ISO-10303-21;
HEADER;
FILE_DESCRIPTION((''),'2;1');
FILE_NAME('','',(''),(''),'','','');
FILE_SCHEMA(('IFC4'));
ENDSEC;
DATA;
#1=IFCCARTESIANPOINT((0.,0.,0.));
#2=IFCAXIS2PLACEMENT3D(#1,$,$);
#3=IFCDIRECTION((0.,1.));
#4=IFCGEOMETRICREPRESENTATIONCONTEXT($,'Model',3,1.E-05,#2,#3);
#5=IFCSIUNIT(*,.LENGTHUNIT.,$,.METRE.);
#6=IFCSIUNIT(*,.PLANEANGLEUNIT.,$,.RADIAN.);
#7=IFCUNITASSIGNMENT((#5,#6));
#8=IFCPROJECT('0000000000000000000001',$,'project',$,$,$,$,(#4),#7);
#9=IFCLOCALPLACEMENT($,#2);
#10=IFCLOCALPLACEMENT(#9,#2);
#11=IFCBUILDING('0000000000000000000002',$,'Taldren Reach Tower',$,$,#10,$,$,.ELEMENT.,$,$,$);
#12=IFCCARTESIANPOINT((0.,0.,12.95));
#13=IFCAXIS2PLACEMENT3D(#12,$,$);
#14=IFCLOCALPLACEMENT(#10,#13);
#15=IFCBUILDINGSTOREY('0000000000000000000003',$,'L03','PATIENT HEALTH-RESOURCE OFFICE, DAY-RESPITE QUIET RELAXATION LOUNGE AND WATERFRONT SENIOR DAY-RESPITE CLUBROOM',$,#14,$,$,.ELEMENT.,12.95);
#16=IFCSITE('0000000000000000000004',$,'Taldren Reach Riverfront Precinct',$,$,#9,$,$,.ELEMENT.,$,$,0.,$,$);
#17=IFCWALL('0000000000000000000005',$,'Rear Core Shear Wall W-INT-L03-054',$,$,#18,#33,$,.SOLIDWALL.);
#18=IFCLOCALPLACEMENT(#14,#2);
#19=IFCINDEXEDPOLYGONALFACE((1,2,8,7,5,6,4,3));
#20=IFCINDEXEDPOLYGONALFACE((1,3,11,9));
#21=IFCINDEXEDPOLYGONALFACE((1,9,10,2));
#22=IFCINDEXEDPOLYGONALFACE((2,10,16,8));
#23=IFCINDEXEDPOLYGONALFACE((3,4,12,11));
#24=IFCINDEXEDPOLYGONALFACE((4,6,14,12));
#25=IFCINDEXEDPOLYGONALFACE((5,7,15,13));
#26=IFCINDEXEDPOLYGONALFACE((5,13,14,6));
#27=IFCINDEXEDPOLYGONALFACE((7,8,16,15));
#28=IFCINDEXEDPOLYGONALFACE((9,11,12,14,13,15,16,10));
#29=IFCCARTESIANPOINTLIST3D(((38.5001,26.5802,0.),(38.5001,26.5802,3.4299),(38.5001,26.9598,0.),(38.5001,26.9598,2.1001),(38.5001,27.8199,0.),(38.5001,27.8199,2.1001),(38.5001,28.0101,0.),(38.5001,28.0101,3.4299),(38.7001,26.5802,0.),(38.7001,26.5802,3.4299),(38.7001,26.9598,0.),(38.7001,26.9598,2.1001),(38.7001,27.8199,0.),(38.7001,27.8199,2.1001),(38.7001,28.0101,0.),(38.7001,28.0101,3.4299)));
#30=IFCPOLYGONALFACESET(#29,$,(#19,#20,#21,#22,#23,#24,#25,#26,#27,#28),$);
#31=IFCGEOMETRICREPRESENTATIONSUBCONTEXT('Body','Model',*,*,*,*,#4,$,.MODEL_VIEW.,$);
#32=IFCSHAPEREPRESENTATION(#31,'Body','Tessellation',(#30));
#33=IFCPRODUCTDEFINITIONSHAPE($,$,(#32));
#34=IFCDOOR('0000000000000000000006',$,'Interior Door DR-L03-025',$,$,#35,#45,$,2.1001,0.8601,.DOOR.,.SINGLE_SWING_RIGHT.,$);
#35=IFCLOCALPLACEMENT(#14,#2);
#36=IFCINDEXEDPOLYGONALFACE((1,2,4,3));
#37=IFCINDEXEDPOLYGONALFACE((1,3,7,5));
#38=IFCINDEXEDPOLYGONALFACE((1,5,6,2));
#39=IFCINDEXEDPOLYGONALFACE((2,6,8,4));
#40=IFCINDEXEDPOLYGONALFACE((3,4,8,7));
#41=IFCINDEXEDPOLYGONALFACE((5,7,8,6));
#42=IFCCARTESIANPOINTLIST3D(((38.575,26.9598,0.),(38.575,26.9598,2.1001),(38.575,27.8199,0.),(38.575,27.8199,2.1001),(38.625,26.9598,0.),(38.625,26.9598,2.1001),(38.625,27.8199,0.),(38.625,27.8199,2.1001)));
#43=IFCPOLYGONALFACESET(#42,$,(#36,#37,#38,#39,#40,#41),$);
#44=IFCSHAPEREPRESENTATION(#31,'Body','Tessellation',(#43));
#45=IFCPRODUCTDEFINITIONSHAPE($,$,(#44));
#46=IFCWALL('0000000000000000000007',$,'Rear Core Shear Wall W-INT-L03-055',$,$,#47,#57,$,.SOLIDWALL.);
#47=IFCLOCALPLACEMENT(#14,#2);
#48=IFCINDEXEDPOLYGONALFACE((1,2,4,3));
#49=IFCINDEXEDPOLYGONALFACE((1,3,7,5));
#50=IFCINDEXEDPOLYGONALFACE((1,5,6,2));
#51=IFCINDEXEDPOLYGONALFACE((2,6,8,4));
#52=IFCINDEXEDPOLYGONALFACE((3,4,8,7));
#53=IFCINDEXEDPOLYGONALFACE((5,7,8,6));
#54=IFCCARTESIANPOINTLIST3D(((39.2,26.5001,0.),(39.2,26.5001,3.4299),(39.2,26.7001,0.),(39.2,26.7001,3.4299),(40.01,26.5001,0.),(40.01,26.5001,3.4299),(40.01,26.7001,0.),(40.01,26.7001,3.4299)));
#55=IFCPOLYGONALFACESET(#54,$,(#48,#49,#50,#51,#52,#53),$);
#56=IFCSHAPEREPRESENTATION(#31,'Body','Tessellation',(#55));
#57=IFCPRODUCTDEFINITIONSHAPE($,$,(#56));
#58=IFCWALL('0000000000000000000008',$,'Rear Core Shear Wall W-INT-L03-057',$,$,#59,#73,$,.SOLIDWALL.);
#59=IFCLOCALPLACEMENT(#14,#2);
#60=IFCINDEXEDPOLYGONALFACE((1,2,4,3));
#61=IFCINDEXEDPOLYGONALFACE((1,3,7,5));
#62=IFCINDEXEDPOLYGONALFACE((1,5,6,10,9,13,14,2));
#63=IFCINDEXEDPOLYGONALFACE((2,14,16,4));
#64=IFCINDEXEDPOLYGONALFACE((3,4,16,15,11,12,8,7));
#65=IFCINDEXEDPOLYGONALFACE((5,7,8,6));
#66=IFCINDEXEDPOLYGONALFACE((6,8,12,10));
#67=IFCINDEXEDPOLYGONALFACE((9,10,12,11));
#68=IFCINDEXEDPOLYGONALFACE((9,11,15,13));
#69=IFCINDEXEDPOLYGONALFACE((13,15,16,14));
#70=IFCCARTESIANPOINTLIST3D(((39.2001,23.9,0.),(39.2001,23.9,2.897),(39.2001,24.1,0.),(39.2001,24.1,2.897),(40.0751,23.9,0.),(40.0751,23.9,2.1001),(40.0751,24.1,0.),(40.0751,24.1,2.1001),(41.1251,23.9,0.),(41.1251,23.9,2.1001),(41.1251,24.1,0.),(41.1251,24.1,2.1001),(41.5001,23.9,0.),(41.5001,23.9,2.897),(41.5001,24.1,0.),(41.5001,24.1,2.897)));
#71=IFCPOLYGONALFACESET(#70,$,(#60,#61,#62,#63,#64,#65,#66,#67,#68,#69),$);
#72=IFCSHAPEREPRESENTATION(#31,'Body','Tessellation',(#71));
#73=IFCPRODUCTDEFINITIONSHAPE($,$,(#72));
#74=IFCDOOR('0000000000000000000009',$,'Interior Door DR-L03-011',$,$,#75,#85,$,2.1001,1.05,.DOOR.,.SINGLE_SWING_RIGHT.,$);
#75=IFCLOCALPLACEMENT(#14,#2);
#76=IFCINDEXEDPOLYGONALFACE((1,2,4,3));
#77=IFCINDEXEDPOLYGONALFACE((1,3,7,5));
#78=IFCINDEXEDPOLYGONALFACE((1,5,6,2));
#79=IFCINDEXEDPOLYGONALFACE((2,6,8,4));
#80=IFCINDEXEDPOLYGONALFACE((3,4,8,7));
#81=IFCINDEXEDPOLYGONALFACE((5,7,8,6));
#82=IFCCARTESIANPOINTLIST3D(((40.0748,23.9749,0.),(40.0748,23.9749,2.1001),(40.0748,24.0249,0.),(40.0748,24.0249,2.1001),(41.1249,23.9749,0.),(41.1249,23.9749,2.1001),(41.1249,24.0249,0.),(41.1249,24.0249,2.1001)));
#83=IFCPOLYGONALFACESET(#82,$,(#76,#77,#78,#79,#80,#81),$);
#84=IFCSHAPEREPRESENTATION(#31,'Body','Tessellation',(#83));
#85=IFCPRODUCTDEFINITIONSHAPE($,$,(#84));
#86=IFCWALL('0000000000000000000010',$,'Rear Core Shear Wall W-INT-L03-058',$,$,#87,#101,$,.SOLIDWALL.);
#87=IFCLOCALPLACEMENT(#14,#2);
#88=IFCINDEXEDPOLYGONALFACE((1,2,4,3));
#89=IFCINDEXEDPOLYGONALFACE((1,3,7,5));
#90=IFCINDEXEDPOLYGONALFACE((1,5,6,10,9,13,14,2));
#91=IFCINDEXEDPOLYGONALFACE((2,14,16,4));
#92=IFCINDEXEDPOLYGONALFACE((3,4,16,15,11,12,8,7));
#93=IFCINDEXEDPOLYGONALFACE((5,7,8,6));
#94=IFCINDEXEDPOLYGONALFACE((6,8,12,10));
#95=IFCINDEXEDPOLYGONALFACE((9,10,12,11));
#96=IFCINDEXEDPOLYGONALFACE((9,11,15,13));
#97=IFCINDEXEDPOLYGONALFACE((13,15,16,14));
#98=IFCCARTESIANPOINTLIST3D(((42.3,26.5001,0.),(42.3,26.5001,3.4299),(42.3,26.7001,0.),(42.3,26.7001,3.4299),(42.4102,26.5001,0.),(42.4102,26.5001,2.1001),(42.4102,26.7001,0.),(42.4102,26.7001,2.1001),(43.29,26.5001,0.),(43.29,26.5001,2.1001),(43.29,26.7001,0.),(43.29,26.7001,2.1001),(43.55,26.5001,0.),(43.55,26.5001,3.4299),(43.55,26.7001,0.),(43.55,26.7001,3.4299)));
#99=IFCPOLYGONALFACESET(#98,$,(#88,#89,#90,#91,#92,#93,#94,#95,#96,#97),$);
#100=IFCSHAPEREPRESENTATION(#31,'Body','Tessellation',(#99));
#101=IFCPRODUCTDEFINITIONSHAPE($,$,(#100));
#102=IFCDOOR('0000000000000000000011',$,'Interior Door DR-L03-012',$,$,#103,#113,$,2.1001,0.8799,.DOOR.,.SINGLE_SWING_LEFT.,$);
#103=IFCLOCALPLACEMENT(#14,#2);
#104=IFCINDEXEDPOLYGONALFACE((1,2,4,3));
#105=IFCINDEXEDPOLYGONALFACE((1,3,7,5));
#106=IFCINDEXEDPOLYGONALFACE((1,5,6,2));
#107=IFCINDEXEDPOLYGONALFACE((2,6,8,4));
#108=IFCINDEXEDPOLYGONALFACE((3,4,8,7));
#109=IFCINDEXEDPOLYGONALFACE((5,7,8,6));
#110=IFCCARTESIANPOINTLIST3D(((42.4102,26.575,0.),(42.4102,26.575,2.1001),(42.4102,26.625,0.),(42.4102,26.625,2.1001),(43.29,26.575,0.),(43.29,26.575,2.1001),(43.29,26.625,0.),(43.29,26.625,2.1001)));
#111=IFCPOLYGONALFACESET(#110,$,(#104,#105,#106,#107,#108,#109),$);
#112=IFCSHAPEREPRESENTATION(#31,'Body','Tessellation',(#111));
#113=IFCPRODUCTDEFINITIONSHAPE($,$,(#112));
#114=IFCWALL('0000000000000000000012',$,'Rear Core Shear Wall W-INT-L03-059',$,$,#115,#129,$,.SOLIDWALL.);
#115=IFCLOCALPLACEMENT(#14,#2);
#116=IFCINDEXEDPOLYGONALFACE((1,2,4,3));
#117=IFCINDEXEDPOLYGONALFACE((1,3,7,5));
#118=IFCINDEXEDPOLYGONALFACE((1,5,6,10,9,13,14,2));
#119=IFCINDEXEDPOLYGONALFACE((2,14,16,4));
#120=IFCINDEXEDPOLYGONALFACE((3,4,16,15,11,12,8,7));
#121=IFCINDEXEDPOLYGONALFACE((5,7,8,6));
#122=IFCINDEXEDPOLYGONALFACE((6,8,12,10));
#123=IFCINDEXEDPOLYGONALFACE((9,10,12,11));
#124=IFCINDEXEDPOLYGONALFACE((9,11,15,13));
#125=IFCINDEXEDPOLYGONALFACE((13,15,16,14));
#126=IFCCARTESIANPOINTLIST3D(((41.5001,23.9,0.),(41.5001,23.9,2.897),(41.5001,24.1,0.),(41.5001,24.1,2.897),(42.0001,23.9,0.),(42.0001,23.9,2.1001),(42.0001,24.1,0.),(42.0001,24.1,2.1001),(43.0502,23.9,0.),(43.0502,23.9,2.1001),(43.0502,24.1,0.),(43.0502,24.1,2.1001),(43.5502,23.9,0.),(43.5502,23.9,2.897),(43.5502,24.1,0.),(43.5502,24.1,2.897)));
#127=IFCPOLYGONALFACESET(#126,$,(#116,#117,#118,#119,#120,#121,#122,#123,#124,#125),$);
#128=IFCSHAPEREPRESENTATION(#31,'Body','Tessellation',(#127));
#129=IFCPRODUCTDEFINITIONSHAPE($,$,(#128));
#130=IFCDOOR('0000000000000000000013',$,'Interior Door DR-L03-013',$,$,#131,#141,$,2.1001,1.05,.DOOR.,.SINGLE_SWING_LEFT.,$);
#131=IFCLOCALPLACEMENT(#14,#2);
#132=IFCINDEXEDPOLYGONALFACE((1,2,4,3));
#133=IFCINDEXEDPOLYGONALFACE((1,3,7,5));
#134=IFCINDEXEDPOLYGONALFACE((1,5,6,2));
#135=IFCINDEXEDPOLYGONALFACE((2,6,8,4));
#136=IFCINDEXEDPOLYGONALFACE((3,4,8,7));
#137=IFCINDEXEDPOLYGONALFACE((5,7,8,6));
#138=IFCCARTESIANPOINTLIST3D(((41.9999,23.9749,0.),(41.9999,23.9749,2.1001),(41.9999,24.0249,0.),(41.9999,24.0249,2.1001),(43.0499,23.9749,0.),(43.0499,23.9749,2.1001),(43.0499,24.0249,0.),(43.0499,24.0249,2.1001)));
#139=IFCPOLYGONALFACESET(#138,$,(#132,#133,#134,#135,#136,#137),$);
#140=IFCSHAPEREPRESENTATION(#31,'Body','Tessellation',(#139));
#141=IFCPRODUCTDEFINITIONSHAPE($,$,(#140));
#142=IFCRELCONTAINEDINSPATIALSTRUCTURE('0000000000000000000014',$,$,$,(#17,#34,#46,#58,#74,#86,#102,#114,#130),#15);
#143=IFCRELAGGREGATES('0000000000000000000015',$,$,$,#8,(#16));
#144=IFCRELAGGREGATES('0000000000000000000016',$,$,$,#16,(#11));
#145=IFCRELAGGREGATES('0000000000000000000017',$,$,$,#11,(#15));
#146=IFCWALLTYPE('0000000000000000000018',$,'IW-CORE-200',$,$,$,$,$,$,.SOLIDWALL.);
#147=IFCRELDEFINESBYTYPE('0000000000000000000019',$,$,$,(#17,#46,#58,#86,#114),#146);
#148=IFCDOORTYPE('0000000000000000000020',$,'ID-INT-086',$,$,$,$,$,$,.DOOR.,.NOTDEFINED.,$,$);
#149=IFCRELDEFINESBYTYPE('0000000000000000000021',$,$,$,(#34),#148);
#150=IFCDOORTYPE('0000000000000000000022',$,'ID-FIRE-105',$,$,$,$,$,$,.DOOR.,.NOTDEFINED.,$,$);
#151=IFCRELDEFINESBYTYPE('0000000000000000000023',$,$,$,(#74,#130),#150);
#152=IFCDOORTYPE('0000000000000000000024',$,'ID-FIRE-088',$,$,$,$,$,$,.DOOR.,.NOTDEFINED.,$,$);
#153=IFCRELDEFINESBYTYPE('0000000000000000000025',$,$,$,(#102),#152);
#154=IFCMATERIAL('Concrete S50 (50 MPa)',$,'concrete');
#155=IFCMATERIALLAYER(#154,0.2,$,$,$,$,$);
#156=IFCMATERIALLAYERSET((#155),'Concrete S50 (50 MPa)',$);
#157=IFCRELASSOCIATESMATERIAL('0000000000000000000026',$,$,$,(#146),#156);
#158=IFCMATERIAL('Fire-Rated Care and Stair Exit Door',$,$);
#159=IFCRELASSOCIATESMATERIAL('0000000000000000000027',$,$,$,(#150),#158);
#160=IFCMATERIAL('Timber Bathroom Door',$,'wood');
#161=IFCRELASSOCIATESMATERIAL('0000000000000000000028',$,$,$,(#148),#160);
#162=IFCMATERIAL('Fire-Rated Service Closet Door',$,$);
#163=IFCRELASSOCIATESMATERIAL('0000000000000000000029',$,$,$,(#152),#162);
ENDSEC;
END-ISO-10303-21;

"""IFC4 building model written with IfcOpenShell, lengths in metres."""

from ifc_helpers import new_model, si_unit, direction, frame, frame_2d, origin, place, context, subcontext, project, spatial, rectangle, extrude, source, transform, mapped, material, layer, layer_set, type_object, element, fill, save


model = new_model("IFC4")

# Units and contexts
model_context = context("Model", 3, precision=1e-05, world=origin(), true_north=direction((0.0, 1.0)))
body_context = subcontext(model_context, "Body", "Model", "MODEL_VIEW")
ifc_project = project(units=[si_unit("LENGTHUNIT", "METRE"), si_unit("PLANEANGLEUNIT", "RADIAN")], contexts=[model_context])

# Site, building, storey
site_placement = place(None, origin())
site = spatial("IfcSite", under=ifc_project, at=site_placement, Name="Taldren Reach Riverfront Precinct", CompositionType="ELEMENT", RefElevation=0.0)
building_placement = place(site_placement, origin())
building = spatial("IfcBuilding", under=site, at=building_placement, Name="Taldren Reach Tower", CompositionType="ELEMENT")
storey_placement = place(building_placement, frame((0.0, 0.0, 12.95)))
storey = spatial("IfcBuildingStorey", under=building, at=storey_placement, Name="L03", Description="PATIENT HEALTH-RESOURCE OFFICE, DAY-RESPITE QUIET RELAXATION LOUNGE AND WATERFRONT SENIOR DAY-RESPITE CLUBROOM", CompositionType="ELEMENT", Elevation=12.95)

# Shared definitions
ifc_material_1 = material(Name="Concrete S50 (50 MPa)", Category="concrete")
ifc_layer_1 = layer(ifc_material_1, 0.2)
ifc_layer_set_1 = layer_set([ifc_layer_1], Name="Concrete S50 (50 MPa)")
wall_type_1 = type_object("IfcWallType", Name="IW-CORE-200", PredefinedType="SOLIDWALL", material=ifc_layer_set_1)

# Shared definitions
shared_shape_1 = source(origin(), body_context, "Body", "SweptSolid", [
    extrude(rectangle(XDim=1.05, YDim=2.1001, at=frame_2d((0.5249, 1.05))), frame((0.0, 0.1099, 0.0), z_axis=(0.0, -1.0, 0.0), x_axis=(1.0, 0.0, 0.0)), (0.0, 0.0, 1.0), 0.22),
])
ifc_material_2 = material(Name="Fire-Rated Care and Stair Exit Door")
door_type_1 = type_object("IfcDoorType", Name="ID-FIRE-105", OperationType="NOTDEFINED", PredefinedType="DOOR", material=ifc_material_2)
shared_shape_2 = source(origin(), body_context, "Body", "SweptSolid", [
    extrude(rectangle(XDim=1.05, YDim=2.1001, at=frame_2d((0.5249, 1.05))), frame((0.0, 0.0249, 0.0), z_axis=(0.0, -1.0, 0.0), x_axis=(1.0, 0.0, 0.0)), (0.0, 0.0, 1.0), 0.05),
])

# Wall, opening, door
shared_shape_3 = source(origin(), body_context, "Body", "SweptSolid", [
    extrude(rectangle(XDim=1.4299, YDim=0.2, at=frame_2d((0.7148, 0.0))), origin(), (0.0, 0.0, 1.0), 3.4299),
])
wall_1_placement = place(storey_placement, frame((38.6001, 28.01, 0.0), z_axis=(0.0, 0.0, 1.0), x_axis=(0.0, -1.0, 0.0)))
wall_1 = element("IfcWall", 1, at=wall_1_placement, inside=storey, type_object=wall_type_1, Name="Rear Core Shear Wall W-INT-L03-054", PredefinedType="SOLIDWALL", context=body_context, shape_type="MappedRepresentation", body=[
    mapped(shared_shape_3, transform((0.0, 0.0, 0.0), scale=1.0)),
])
shared_shape_4 = source(origin(), body_context, "Body", "SweptSolid", [
    extrude(rectangle(XDim=0.8601, YDim=2.1001, at=frame_2d((0.4302, 1.05))), frame((0.0, 0.1099, 0.0), z_axis=(0.0, -1.0, 0.0), x_axis=(1.0, 0.0, 0.0)), (0.0, 0.0, 1.0), 0.22),
])
opening_1_placement = place(wall_1_placement, frame((0.1899, 0.0, 0.0)))
opening_1 = element("IfcOpeningElement", 2, at=opening_1_placement, cuts=wall_1, PredefinedType="OPENING", context=body_context, shape_type="MappedRepresentation", body=[
    mapped(shared_shape_4, transform((0.0, 0.0, 0.0), scale=1.0)),
])
ifc_material_3 = material(Name="Timber Bathroom Door", Category="wood")
door_type_2 = type_object("IfcDoorType", Name="ID-INT-086", OperationType="NOTDEFINED", PredefinedType="DOOR", material=ifc_material_3)
shared_shape_5 = source(origin(), body_context, "Body", "SweptSolid", [
    extrude(rectangle(XDim=0.8601, YDim=2.1001, at=frame_2d((0.4302, 1.05))), frame((0.0, 0.0249, 0.0), z_axis=(0.0, -1.0, 0.0), x_axis=(1.0, 0.0, 0.0)), (0.0, 0.0, 1.0), 0.05),
])
door_1_placement = place(opening_1_placement, origin())
door_1 = element("IfcDoor", 3, at=door_1_placement, inside=storey, type_object=door_type_2, Name="Interior Door DR-L03-025", OperationType="SINGLE_SWING_RIGHT", OverallHeight=2.1001, OverallWidth=0.8601, PredefinedType="DOOR", context=body_context, shape_type="MappedRepresentation", body=[
    mapped(shared_shape_5, transform((0.0, 0.0, 0.0), scale=1.0)),
])
fill(opening_1, door_1)

# Wall
shared_shape_6 = source(origin(), body_context, "Body", "SweptSolid", [
    extrude(rectangle(XDim=0.8101, YDim=0.2, at=frame_2d((0.405, 0.0))), origin(), (0.0, 0.0, 1.0), 3.4299),
])
wall_2_placement = place(storey_placement, frame((39.2, 26.6001, 0.0), z_axis=(0.0, 0.0, 1.0), x_axis=(1.0, 0.0, 0.0)))
element("IfcWall", 4, at=wall_2_placement, inside=storey, type_object=wall_type_1, Name="Rear Core Shear Wall W-INT-L03-055", PredefinedType="SOLIDWALL", context=body_context, shape_type="MappedRepresentation", body=[
    mapped(shared_shape_6, transform((0.0, 0.0, 0.0), scale=1.0)),
])

# Walls, openings, doors
shared_shape_7 = source(origin(), body_context, "Body", "SweptSolid", [
    extrude(rectangle(XDim=2.3, YDim=0.2, at=frame_2d((1.1499, 0.0))), origin(), (0.0, 0.0, 1.0), 2.897),
])
wall_3_placement = place(storey_placement, frame((41.5, 24.0, 0.0), z_axis=(0.0, 0.0, 1.0), x_axis=(-1.0, 0.0, 0.0)))
wall_3 = element("IfcWall", 5, at=wall_3_placement, inside=storey, type_object=wall_type_1, Name="Rear Core Shear Wall W-INT-L03-057", PredefinedType="SOLIDWALL", context=body_context, shape_type="MappedRepresentation", body=[
    mapped(shared_shape_7, transform((0.0, 0.0, 0.0), scale=1.0)),
])
opening_2_placement = place(wall_3_placement, frame((0.375, 0.0, 0.0)))
opening_2 = element("IfcOpeningElement", 6, at=opening_2_placement, cuts=wall_3, PredefinedType="OPENING", context=body_context, shape_type="MappedRepresentation", body=[
    mapped(shared_shape_1, transform((0.0, 0.0, 0.0), scale=1.0)),
])
door_2_placement = place(opening_2_placement, frame((1.05, 0.0, 0.0), z_axis=(0.0, 0.0, 1.0), x_axis=(-1.0, 0.0, 0.0)))
door_2 = element("IfcDoor", 7, at=door_2_placement, inside=storey, type_object=door_type_1, Name="Interior Door DR-L03-011", OperationType="SINGLE_SWING_RIGHT", OverallHeight=2.1001, OverallWidth=1.05, PredefinedType="DOOR", context=body_context, shape_type="MappedRepresentation", body=[
    mapped(shared_shape_2, transform((0.0, 0.0, 0.0), scale=1.0)),
])
fill(opening_2, door_2)
shared_shape_8 = source(origin(), body_context, "Body", "SweptSolid", [
    extrude(rectangle(XDim=1.25, YDim=0.2, at=frame_2d((0.625, 0.0))), origin(), (0.0, 0.0, 1.0), 3.4299),
])
wall_4_placement = place(storey_placement, frame((42.3, 26.6001, 0.0), z_axis=(0.0, 0.0, 1.0), x_axis=(1.0, 0.0, 0.0)))
wall_4 = element("IfcWall", 8, at=wall_4_placement, inside=storey, type_object=wall_type_1, Name="Rear Core Shear Wall W-INT-L03-058", PredefinedType="SOLIDWALL", context=body_context, shape_type="MappedRepresentation", body=[
    mapped(shared_shape_8, transform((0.0, 0.0, 0.0), scale=1.0)),
])
shared_shape_9 = source(origin(), body_context, "Body", "SweptSolid", [
    extrude(rectangle(XDim=0.8799, YDim=2.1001, at=frame_2d((0.4399, 1.05))), frame((0.0, 0.1099, 0.0), z_axis=(0.0, -1.0, 0.0), x_axis=(1.0, 0.0, 0.0)), (0.0, 0.0, 1.0), 0.22),
])
opening_3_placement = place(wall_4_placement, frame((0.1101, 0.0, 0.0)))
opening_3 = element("IfcOpeningElement", 9, at=opening_3_placement, cuts=wall_4, PredefinedType="OPENING", context=body_context, shape_type="MappedRepresentation", body=[
    mapped(shared_shape_9, transform((0.0, 0.0, 0.0), scale=1.0)),
])
ifc_material_4 = material(Name="Fire-Rated Service Closet Door")
door_type_3 = type_object("IfcDoorType", Name="ID-FIRE-088", OperationType="NOTDEFINED", PredefinedType="DOOR", material=ifc_material_4)
shared_shape_10 = source(origin(), body_context, "Body", "SweptSolid", [
    extrude(rectangle(XDim=0.8799, YDim=2.1001, at=frame_2d((0.4399, 1.05))), frame((0.0, 0.0249, 0.0), z_axis=(0.0, -1.0, 0.0), x_axis=(1.0, 0.0, 0.0)), (0.0, 0.0, 1.0), 0.05),
])
door_3_placement = place(opening_3_placement, origin())
door_3 = element("IfcDoor", 10, at=door_3_placement, inside=storey, type_object=door_type_3, Name="Interior Door DR-L03-012", OperationType="SINGLE_SWING_LEFT", OverallHeight=2.1001, OverallWidth=0.8799, PredefinedType="DOOR", context=body_context, shape_type="MappedRepresentation", body=[
    mapped(shared_shape_10, transform((0.0, 0.0, 0.0), scale=1.0)),
])
fill(opening_3, door_3)
shared_shape_11 = source(origin(), body_context, "Body", "SweptSolid", [
    extrude(rectangle(XDim=2.05, YDim=0.2, at=frame_2d((1.0249, 0.0))), origin(), (0.0, 0.0, 1.0), 2.897),
])
wall_5_placement = place(storey_placement, frame((43.55, 24.0, 0.0), z_axis=(0.0, 0.0, 1.0), x_axis=(-1.0, 0.0, 0.0)))
wall_5 = element("IfcWall", 11, at=wall_5_placement, inside=storey, type_object=wall_type_1, Name="Rear Core Shear Wall W-INT-L03-059", PredefinedType="SOLIDWALL", context=body_context, shape_type="MappedRepresentation", body=[
    mapped(shared_shape_11, transform((0.0, 0.0, 0.0), scale=1.0)),
])
opening_4_placement = place(wall_5_placement, frame((0.5, 0.0, 0.0)))
opening_4 = element("IfcOpeningElement", 12, at=opening_4_placement, cuts=wall_5, PredefinedType="OPENING", context=body_context, shape_type="MappedRepresentation", body=[
    mapped(shared_shape_1, transform((0.0, 0.0, 0.0), scale=1.0)),
])
door_4_placement = place(opening_4_placement, frame((1.05, 0.0, 0.0), z_axis=(0.0, 0.0, 1.0), x_axis=(-1.0, 0.0, 0.0)))
door_4 = element("IfcDoor", 13, at=door_4_placement, inside=storey, type_object=door_type_1, Name="Interior Door DR-L03-013", OperationType="SINGLE_SWING_LEFT", OverallHeight=2.1001, OverallWidth=1.05, PredefinedType="DOOR", context=body_context, shape_type="MappedRepresentation", body=[
    mapped(shared_shape_2, transform((0.0, 0.0, 0.0), scale=1.0)),
])
fill(opening_4, door_4)

save(model, "model.ifc")
